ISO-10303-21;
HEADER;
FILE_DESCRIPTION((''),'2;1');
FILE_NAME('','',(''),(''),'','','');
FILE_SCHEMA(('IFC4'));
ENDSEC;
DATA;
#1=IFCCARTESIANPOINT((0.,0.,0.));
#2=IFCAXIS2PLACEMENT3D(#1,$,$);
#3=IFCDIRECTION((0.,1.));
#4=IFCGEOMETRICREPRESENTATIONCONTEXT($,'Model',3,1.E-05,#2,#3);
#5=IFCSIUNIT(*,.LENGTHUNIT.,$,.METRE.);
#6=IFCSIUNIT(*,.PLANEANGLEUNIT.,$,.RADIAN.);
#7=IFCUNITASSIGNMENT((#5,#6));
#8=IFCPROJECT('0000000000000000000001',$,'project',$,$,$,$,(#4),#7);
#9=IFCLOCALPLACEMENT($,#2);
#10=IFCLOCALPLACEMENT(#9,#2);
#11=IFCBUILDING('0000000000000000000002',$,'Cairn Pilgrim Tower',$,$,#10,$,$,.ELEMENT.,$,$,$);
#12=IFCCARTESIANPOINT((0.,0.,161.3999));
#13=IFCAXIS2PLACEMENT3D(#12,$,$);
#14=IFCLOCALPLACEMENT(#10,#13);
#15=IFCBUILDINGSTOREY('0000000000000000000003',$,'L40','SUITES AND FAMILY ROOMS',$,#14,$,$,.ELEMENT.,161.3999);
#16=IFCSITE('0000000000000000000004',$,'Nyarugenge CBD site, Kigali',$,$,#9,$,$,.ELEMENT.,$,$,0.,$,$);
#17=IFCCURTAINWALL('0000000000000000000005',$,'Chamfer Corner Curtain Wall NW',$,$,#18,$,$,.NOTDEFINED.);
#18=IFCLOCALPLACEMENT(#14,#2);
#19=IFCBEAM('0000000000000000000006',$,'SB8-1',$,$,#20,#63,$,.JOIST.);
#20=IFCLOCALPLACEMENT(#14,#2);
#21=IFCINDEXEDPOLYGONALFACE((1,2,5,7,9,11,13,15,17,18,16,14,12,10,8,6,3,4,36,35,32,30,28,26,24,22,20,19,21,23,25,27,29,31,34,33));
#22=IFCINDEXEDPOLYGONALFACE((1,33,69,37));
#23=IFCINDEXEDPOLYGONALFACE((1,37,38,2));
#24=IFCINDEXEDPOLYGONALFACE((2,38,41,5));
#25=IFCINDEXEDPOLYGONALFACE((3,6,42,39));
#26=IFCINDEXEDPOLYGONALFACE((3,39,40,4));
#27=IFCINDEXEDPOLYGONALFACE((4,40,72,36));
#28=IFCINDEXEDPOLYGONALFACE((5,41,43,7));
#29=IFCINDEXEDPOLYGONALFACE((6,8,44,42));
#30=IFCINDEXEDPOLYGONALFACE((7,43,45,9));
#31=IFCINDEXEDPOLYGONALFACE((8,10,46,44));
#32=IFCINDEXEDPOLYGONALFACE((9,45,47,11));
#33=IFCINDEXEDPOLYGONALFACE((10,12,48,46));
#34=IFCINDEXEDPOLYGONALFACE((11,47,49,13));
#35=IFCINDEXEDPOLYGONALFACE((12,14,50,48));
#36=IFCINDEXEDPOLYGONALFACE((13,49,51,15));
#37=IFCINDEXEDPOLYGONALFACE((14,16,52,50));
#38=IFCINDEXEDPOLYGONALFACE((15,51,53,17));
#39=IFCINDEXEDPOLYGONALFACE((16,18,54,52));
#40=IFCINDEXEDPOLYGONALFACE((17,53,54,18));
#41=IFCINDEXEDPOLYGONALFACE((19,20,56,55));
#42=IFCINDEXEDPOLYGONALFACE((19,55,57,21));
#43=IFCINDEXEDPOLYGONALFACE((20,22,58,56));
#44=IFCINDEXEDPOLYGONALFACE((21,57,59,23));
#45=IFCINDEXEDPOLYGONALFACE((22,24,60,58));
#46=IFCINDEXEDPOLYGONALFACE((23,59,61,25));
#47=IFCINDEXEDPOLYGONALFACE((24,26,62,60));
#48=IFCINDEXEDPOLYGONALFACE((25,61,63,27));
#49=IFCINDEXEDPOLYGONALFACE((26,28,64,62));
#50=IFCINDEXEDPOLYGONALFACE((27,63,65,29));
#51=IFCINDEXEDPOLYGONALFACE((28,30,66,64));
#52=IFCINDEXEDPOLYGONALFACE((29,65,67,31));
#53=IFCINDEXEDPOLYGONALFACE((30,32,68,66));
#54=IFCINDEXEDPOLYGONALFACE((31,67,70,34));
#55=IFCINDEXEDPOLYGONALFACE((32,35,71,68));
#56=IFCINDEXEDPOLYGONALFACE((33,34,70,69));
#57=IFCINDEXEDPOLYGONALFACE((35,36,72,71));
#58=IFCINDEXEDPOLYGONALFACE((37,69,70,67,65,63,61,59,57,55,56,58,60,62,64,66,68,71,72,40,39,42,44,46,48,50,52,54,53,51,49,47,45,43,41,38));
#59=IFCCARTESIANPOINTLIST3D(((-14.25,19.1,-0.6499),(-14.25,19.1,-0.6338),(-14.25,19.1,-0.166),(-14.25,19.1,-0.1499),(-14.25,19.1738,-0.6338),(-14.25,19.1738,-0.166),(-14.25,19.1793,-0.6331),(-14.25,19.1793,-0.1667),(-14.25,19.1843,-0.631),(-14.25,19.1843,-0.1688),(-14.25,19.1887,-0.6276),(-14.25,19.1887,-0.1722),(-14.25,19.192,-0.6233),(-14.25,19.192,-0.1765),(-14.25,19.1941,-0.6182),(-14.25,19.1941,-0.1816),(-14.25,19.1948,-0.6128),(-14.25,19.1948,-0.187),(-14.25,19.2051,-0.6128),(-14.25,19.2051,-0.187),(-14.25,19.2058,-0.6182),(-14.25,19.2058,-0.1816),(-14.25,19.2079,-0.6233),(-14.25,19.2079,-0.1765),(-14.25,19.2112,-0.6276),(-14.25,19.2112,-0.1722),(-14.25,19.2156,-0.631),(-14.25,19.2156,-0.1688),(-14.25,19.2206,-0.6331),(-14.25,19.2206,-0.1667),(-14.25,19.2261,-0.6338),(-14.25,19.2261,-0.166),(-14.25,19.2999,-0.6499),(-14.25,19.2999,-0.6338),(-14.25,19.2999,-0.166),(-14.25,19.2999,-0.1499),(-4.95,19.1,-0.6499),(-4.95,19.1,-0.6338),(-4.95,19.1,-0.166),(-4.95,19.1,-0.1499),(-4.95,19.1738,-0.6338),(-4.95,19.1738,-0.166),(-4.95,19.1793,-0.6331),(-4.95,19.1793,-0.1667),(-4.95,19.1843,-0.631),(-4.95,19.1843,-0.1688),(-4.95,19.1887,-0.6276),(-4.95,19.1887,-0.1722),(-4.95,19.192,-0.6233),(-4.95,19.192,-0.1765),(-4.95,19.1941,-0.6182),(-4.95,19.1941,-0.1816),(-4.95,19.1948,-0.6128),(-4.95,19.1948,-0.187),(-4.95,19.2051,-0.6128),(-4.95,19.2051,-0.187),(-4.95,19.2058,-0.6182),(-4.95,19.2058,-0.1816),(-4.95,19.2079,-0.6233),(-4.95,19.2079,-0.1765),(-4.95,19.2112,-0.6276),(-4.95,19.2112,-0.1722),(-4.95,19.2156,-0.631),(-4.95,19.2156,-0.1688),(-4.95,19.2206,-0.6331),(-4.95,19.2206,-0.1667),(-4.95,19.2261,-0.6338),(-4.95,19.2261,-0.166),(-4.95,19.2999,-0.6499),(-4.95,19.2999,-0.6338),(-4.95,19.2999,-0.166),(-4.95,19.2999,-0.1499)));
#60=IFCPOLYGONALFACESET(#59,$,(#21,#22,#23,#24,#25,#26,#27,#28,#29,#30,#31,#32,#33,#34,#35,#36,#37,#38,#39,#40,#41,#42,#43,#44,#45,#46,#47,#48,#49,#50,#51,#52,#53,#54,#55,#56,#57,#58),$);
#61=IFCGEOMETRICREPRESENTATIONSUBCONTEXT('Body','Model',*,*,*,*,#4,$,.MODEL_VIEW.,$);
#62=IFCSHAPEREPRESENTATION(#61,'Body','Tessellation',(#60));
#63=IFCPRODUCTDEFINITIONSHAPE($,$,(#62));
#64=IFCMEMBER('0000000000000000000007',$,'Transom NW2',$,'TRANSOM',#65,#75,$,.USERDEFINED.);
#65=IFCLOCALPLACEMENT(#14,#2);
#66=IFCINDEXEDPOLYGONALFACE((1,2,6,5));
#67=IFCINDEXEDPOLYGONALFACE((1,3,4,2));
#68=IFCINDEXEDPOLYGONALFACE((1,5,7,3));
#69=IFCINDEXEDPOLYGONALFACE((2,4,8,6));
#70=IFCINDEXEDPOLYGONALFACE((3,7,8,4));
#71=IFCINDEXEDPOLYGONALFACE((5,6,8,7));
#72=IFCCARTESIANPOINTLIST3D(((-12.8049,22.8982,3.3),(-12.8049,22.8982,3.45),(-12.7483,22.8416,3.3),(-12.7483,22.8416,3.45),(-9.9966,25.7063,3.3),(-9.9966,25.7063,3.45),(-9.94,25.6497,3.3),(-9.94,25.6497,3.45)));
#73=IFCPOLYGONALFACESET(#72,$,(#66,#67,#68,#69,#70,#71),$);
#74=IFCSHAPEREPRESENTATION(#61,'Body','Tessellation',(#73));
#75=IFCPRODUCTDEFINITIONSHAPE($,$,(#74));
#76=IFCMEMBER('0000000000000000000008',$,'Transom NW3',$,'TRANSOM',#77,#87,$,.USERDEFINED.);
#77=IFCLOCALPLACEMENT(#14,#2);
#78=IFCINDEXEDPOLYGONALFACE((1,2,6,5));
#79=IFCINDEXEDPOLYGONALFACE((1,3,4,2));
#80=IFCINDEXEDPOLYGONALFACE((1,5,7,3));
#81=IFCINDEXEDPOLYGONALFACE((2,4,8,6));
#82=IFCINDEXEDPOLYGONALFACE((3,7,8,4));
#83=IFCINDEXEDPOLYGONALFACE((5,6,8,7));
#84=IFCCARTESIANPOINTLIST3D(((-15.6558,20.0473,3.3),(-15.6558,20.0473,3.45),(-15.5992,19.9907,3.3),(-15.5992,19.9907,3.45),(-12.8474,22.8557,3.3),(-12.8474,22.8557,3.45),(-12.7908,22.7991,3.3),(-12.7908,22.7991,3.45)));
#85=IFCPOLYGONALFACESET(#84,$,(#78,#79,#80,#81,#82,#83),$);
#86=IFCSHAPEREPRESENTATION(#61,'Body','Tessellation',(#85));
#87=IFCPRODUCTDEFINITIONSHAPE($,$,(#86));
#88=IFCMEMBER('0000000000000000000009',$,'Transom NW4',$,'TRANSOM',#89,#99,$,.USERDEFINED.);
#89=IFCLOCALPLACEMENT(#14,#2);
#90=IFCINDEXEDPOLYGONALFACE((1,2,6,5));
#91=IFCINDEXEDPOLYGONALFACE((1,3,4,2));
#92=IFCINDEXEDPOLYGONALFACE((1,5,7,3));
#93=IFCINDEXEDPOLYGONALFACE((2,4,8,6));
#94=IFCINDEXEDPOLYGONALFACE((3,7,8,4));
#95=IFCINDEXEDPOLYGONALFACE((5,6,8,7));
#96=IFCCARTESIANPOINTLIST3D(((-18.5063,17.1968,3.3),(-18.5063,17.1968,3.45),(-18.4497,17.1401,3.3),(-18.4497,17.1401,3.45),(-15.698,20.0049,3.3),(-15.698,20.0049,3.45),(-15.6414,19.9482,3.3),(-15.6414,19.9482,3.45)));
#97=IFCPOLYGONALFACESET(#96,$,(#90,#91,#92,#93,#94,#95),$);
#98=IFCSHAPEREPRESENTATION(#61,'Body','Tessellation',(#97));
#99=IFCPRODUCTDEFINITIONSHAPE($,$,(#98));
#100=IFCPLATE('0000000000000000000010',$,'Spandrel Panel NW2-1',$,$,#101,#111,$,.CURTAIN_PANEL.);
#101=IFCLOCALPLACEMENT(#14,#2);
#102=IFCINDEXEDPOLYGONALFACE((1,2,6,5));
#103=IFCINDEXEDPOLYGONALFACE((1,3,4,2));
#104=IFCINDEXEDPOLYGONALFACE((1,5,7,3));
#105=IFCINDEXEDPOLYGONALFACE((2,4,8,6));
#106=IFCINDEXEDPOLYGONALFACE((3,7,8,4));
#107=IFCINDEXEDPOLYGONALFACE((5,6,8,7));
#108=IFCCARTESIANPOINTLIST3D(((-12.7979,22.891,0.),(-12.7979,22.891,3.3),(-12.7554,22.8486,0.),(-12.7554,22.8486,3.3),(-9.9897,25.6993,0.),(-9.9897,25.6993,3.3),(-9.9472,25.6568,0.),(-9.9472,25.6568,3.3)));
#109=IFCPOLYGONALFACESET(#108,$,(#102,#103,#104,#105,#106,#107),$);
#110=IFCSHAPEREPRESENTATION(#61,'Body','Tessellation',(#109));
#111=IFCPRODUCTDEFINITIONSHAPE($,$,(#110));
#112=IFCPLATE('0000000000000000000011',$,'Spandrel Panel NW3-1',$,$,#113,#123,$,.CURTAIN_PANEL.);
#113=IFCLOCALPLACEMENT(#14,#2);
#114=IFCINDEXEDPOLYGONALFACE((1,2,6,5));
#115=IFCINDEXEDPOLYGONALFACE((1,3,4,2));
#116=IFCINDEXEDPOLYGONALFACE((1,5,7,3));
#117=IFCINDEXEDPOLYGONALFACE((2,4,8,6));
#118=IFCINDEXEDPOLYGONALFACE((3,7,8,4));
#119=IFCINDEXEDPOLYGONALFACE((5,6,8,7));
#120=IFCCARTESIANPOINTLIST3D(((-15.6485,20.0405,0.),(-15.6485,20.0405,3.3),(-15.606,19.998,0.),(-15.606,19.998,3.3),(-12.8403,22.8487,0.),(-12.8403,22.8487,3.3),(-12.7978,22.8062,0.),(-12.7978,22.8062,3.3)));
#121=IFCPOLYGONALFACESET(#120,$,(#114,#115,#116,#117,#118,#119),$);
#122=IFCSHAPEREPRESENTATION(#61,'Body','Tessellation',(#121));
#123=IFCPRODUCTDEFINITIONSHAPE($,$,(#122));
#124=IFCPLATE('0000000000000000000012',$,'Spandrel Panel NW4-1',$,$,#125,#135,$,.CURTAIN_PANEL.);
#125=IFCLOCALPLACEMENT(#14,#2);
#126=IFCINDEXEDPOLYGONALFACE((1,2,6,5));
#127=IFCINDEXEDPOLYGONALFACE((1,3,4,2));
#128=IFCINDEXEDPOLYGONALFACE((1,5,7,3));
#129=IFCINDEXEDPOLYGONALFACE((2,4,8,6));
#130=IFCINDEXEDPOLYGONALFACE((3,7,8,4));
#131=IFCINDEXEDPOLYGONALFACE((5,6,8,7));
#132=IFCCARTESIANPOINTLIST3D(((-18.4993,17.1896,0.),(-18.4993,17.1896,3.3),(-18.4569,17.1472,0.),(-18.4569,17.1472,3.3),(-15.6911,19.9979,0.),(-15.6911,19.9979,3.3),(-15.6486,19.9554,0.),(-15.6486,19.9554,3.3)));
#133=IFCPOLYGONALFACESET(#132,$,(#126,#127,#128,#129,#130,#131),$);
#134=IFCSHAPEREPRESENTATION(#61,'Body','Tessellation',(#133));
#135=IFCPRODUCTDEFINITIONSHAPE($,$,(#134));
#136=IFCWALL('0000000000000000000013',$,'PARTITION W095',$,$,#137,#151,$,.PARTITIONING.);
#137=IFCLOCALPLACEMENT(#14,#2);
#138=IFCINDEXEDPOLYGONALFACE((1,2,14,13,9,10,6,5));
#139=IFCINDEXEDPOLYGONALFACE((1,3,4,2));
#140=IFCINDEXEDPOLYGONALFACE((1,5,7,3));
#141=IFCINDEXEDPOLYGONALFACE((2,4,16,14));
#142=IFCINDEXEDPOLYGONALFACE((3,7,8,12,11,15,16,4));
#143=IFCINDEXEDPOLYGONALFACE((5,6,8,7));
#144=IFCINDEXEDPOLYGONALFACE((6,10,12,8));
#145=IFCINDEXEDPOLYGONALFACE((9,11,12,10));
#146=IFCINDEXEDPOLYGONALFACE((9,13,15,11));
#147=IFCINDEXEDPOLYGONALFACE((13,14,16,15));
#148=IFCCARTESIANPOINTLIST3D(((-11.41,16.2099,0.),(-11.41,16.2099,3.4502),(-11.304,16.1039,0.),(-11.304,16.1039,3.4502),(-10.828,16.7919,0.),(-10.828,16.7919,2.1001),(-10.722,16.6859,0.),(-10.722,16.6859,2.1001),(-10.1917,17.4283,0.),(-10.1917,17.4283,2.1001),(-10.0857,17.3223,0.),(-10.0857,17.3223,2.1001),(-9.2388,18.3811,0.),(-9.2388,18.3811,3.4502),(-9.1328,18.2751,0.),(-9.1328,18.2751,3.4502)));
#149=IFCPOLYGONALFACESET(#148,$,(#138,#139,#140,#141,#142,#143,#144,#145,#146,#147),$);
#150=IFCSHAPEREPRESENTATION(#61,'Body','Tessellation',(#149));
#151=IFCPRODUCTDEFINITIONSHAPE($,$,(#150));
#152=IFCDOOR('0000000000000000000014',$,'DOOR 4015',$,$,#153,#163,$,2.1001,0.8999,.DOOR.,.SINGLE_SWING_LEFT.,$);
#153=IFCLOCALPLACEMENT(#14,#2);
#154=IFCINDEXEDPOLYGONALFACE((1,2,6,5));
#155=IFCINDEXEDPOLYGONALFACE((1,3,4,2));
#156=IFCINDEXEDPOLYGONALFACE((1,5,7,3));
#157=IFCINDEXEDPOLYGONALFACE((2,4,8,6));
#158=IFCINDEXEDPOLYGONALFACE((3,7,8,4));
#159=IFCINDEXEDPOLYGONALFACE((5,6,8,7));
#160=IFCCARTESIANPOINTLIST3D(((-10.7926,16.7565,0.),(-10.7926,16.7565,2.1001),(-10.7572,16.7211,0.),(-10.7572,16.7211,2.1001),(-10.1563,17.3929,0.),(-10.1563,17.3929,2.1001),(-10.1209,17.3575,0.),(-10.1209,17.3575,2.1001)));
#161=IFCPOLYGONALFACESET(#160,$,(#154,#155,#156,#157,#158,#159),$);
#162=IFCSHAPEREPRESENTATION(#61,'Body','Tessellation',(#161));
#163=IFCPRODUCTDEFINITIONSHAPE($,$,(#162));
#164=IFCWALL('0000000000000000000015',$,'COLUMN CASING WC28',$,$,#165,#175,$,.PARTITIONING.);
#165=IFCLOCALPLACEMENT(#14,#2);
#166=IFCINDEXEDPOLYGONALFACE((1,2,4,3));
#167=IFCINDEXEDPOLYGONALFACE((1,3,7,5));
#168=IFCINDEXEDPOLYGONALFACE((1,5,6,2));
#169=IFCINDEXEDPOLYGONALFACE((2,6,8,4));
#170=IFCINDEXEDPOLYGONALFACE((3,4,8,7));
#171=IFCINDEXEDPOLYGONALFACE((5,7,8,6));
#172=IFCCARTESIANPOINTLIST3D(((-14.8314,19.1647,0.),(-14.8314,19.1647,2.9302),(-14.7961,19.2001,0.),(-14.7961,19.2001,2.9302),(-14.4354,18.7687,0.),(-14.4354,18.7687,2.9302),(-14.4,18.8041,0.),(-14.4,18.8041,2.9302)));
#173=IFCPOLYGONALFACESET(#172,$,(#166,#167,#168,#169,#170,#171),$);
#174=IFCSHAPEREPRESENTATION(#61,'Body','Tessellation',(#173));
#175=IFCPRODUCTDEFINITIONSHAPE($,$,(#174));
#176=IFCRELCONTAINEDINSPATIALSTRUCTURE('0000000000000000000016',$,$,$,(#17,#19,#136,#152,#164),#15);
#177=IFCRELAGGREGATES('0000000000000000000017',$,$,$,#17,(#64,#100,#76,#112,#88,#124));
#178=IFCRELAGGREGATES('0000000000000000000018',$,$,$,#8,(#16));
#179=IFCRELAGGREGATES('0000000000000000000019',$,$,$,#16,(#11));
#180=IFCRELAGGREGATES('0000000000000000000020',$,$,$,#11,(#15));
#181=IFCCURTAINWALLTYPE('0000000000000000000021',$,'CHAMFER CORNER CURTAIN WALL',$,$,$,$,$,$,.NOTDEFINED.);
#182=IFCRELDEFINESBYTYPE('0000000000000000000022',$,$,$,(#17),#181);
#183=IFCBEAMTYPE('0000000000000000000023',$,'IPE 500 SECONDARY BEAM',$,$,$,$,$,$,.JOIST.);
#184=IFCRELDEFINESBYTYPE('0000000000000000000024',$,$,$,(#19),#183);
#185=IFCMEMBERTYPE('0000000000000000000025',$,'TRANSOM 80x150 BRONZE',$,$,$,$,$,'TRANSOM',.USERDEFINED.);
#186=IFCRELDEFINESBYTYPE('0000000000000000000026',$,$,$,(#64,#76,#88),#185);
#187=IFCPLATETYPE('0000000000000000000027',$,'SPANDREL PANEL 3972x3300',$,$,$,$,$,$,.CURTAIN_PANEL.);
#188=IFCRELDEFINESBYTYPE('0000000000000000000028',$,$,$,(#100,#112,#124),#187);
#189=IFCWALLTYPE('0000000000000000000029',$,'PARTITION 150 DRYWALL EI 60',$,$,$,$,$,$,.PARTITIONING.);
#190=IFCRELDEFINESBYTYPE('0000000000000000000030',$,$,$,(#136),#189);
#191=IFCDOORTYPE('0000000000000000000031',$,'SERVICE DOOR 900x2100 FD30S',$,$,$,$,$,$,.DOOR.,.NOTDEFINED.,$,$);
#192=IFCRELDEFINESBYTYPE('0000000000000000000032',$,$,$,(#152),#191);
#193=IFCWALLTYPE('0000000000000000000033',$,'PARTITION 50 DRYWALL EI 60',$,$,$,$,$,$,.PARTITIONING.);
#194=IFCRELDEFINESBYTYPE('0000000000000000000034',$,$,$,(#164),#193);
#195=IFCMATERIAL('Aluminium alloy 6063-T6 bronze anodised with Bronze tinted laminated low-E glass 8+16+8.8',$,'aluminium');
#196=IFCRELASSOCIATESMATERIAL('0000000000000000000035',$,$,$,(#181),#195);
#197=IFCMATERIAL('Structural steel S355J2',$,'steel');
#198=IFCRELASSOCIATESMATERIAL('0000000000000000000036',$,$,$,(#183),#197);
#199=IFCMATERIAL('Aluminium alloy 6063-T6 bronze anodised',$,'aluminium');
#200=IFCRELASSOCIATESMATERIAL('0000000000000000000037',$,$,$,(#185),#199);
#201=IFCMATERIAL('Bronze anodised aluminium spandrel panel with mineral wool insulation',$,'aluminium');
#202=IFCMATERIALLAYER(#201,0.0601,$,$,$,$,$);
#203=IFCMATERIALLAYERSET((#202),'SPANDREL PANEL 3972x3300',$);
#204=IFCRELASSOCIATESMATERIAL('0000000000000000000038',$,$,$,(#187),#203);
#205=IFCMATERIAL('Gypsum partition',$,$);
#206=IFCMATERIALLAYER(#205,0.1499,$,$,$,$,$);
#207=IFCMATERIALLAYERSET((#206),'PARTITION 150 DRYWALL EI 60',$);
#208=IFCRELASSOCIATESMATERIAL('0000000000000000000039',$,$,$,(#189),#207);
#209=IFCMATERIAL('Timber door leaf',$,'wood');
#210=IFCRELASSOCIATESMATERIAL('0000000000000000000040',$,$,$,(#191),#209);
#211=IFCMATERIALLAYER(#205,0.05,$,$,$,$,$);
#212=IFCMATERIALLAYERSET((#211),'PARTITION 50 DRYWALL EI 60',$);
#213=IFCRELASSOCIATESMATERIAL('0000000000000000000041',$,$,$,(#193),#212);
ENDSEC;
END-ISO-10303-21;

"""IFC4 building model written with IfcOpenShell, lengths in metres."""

from ifc_helpers import new_model, si_unit, direction, frame, frame_2d, origin, origin_2d, place, context, subcontext, project, spatial, rectangle, i_section, extrude, material, layer, layer_set, material_profile, profile_set, type_object, element, fill, aggregate, save


model = new_model("IFC4")

# Units and contexts
model_context = context("Model", 3, precision=1e-05, world=origin(), true_north=direction((0.0, 1.0)))
body_context = subcontext(model_context, "Body", "Model", "MODEL_VIEW")
ifc_project = project(units=[si_unit("LENGTHUNIT", "METRE"), si_unit("PLANEANGLEUNIT", "RADIAN")], contexts=[model_context])

# Site, building, storey
site_placement = place(None, origin())
site = spatial("IfcSite", under=ifc_project, at=site_placement, Name="Nyarugenge CBD site, Kigali", CompositionType="ELEMENT", RefElevation=0.0)
building_placement = place(site_placement, origin())
building = spatial("IfcBuilding", under=site, at=building_placement, Name="Cairn Pilgrim Tower", CompositionType="ELEMENT")
storey_placement = place(building_placement, frame((0.0, 0.0, 161.3999)))
storey = spatial("IfcBuildingStorey", under=building, at=storey_placement, Name="L40", Description="SUITES AND FAMILY ROOMS", CompositionType="ELEMENT", Elevation=161.3999)

# Shared definitions
ifc_material_1 = material(Name="Structural steel S355J2", Category="steel")

# Curtain wall
ifc_material_2 = material(Name="Aluminium alloy 6063-T6 bronze anodised with Bronze tinted laminated low-E glass 8+16+8.8", Category="aluminium")
curtain_wall_type = type_object("IfcCurtainWallType", Name="CHAMFER CORNER CURTAIN WALL", PredefinedType="NOTDEFINED", material=ifc_material_2)
curtain_wall_placement = place(storey_placement, origin())
curtain_wall = element("IfcCurtainWall", 1, at=curtain_wall_placement, inside=storey, type_object=curtain_wall_type, Name="Chamfer Corner Curtain Wall NW", PredefinedType="NOTDEFINED")
ifc_material_3 = material(Name="Aluminium alloy 6063-T6 bronze anodised", Category="aluminium")

# Beam
ifc_material_profile_1 = material_profile(ifc_material_1, i_section(OverallWidth=0.2, OverallDepth=0.5, WebThickness=0.0103, FlangeThickness=0.0161, FilletRadius=0.021, at=origin_2d()), Name="IPE 500")
ifc_profile_set_1 = profile_set([ifc_material_profile_1], Name="Structural steel S355J2")
beam_type_1 = type_object("IfcBeamType", Name="IPE 500 SECONDARY BEAM", PredefinedType="JOIST", material=ifc_profile_set_1)
beam_1_placement = place(storey_placement, frame((-14.25, 19.2, -0.3999), z_axis=(1.0, 0.0, 0.0), x_axis=(0.0, 1.0, 0.0)))
element("IfcBeam", 2, at=beam_1_placement, inside=storey, type_object=beam_type_1, Name="SB8-1", PredefinedType="JOIST", context=body_context, shape_type="SweptSolid", body=[
    extrude(i_section(OverallWidth=0.2, OverallDepth=0.5, WebThickness=0.0103, FlangeThickness=0.0161, FilletRadius=0.021, at=origin_2d()), origin(), (0.0, 0.0, 1.0), 9.3),
])

# Members
ifc_material_profile_2 = material_profile(ifc_material_3, rectangle(XDim=0.0801, YDim=0.1499, at=origin_2d()), Name="TRANSOM 80x150 BRONZE")
ifc_profile_set_2 = profile_set([ifc_material_profile_2], Name="Aluminium alloy 6063-T6 bronze anodised")
member_type_1 = type_object("IfcMemberType", Name="TRANSOM 80x150 BRONZE", ElementType="TRANSOM", PredefinedType="USERDEFINED", material=ifc_profile_set_2)
member_1_placement = place(storey_placement, frame((-9.9683, 25.678, 3.375), z_axis=(-0.707138, -0.707076, 0.0), x_axis=(0.707076, -0.707138, 0.0)))
member_1 = element("IfcMember", 3, at=member_1_placement, type_object=member_type_1, Name="Transom NW2", ObjectType="TRANSOM", PredefinedType="USERDEFINED", context=body_context, shape_type="SweptSolid", body=[
    extrude(rectangle(XDim=0.0801, YDim=0.1499, at=origin_2d()), origin(), (0.0, 0.0, 1.0), 3.9714),
])
member_2_placement = place(storey_placement, frame((-12.8191, 22.8274, 3.375), z_axis=(-0.707107, -0.707107, 0.0), x_axis=(0.707107, -0.707107, 0.0)))
member_2 = element("IfcMember", 4, at=member_2_placement, type_object=member_type_1, Name="Transom NW3", ObjectType="TRANSOM", PredefinedType="USERDEFINED", context=body_context, shape_type="SweptSolid", body=[
    extrude(rectangle(XDim=0.0801, YDim=0.1499, at=origin_2d()), origin(), (0.0, 0.0, 1.0), 3.9717),
])
member_3_placement = place(storey_placement, frame((-15.6697, 19.9766, 3.375), z_axis=(-0.707138, -0.707076, 0.0), x_axis=(0.707076, -0.707138, 0.0)))
member_3 = element("IfcMember", 5, at=member_3_placement, type_object=member_type_1, Name="Transom NW4", ObjectType="TRANSOM", PredefinedType="USERDEFINED", context=body_context, shape_type="SweptSolid", body=[
    extrude(rectangle(XDim=0.0801, YDim=0.1499, at=origin_2d()), origin(), (0.0, 0.0, 1.0), 3.9714),
])

# Plates
ifc_material_4 = material(Name="Bronze anodised aluminium spandrel panel with mineral wool insulation", Category="aluminium")
ifc_layer_1 = layer(ifc_material_4, 0.0601)
ifc_layer_set_1 = layer_set([ifc_layer_1], Name="SPANDREL PANEL 3972x3300")
plate_type = type_object("IfcPlateType", Name="SPANDREL PANEL 3972x3300", PredefinedType="CURTAIN_PANEL", material=ifc_layer_set_1)
plate_1_placement = place(storey_placement, frame((-11.3726, 24.2739, 0.0), z_axis=(0.0, 0.0, 1.0), x_axis=(-0.707107, -0.707107, 0.0)))
plate_1 = element("IfcPlate", 6, at=plate_1_placement, type_object=plate_type, Name="Spandrel Panel NW2-1", PredefinedType="CURTAIN_PANEL", context=body_context, shape_type="SweptSolid", body=[
    extrude(rectangle(XDim=3.9714, YDim=0.0601, at=origin_2d()), origin(), (0.0, 0.0, 1.0), 3.3),
])
plate_2_placement = place(storey_placement, frame((-14.2231, 21.4233, 0.0), z_axis=(0.0, 0.0, 1.0), x_axis=(-0.707107, -0.707107, 0.0)))
plate_2 = element("IfcPlate", 7, at=plate_2_placement, type_object=plate_type, Name="Spandrel Panel NW3-1", PredefinedType="CURTAIN_PANEL", context=body_context, shape_type="SweptSolid", body=[
    extrude(rectangle(XDim=3.9714, YDim=0.0601, at=origin_2d()), origin(), (0.0, 0.0, 1.0), 3.3),
])
plate_3_placement = place(storey_placement, frame((-17.074, 18.5725, 0.0), z_axis=(0.0, 0.0, 1.0), x_axis=(-0.707107, -0.707107, 0.0)))
plate_3 = element("IfcPlate", 8, at=plate_3_placement, type_object=plate_type, Name="Spandrel Panel NW4-1", PredefinedType="CURTAIN_PANEL", context=body_context, shape_type="SweptSolid", body=[
    extrude(rectangle(XDim=3.9714, YDim=0.0601, at=origin_2d()), origin(), (0.0, 0.0, 1.0), 3.3),
])
aggregate(curtain_wall, [member_1, plate_1, member_2, plate_2, member_3, plate_3])

# Wall, opening, door
ifc_material_5 = material(Name="Gypsum partition")
ifc_layer_2 = layer(ifc_material_5, 0.1499)
ifc_layer_set_2 = layer_set([ifc_layer_2], Name="PARTITION 150 DRYWALL EI 60")
wall_type_1 = type_object("IfcWallType", Name="PARTITION 150 DRYWALL EI 60", PredefinedType="PARTITIONING", material=ifc_layer_set_2)
wall_1_placement = place(storey_placement, frame((-11.3569, 16.157, 0.0), z_axis=(0.0, 0.0, 1.0), x_axis=(0.707107, 0.707107, 0.0)))
wall_1 = element("IfcWall", 9, at=wall_1_placement, inside=storey, type_object=wall_type_1, Name="PARTITION W095", PredefinedType="PARTITIONING", context=body_context, shape_type="SweptSolid", body=[
    extrude(rectangle(XDim=3.0706, YDim=0.1499, at=frame_2d((1.5352, 0.0))), origin(), (0.0, 0.0, 1.0), 3.4502),
])
opening_1_placement = place(wall_1_placement, frame((0.823, 0.0, 0.0)))
opening_1 = element("IfcOpeningElement", 10, at=opening_1_placement, cuts=wall_1, PredefinedType="OPENING", context=body_context, shape_type="SweptSolid", body=[
    extrude(rectangle(XDim=0.8999, YDim=2.1001, at=frame_2d((0.45, 1.05))), frame((0.0, 0.085, 0.0), z_axis=(0.0, -1.0, 0.0), x_axis=(1.0, 0.0, 0.0)), (0.0, 0.0, 1.0), 0.1699),
])
ifc_material_6 = material(Name="Timber door leaf", Category="wood")
door_type_1 = type_object("IfcDoorType", Name="SERVICE DOOR 900x2100 FD30S", OperationType="NOTDEFINED", PredefinedType="DOOR", material=ifc_material_6)
door_1_placement = place(opening_1_placement, origin())
door_1 = element("IfcDoor", 11, at=door_1_placement, inside=storey, type_object=door_type_1, Name="DOOR 4015", OperationType="SINGLE_SWING_LEFT", OverallHeight=2.1001, OverallWidth=0.8999, PredefinedType="DOOR", context=body_context, shape_type="SweptSolid", body=[
    extrude(rectangle(XDim=0.8999, YDim=2.1001, at=frame_2d((0.45, 1.05))), frame((0.0, 0.0249, 0.0), z_axis=(0.0, -1.0, 0.0), x_axis=(1.0, 0.0, 0.0)), (0.0, 0.0, 1.0), 0.05),
])
fill(opening_1, door_1)

# Wall
ifc_layer_3 = layer(ifc_material_5, 0.05)
ifc_layer_set_3 = layer_set([ifc_layer_3], Name="PARTITION 50 DRYWALL EI 60")
wall_type_2 = type_object("IfcWallType", Name="PARTITION 50 DRYWALL EI 60", PredefinedType="PARTITIONING", material=ifc_layer_set_3)
wall_2_placement = place(storey_placement, frame((-14.4177, 18.7864, 0.0), z_axis=(0.0, 0.0, 1.0), x_axis=(-0.707107, 0.707107, 0.0)))
element("IfcWall", 12, at=wall_2_placement, inside=storey, type_object=wall_type_2, Name="COLUMN CASING WC28", PredefinedType="PARTITIONING", context=body_context, shape_type="SweptSolid", body=[
    extrude(rectangle(XDim=0.5601, YDim=0.05, at=frame_2d((0.28, 0.0))), origin(), (0.0, 0.0, 1.0), 2.9302),
])

save(model, "model.ifc")
